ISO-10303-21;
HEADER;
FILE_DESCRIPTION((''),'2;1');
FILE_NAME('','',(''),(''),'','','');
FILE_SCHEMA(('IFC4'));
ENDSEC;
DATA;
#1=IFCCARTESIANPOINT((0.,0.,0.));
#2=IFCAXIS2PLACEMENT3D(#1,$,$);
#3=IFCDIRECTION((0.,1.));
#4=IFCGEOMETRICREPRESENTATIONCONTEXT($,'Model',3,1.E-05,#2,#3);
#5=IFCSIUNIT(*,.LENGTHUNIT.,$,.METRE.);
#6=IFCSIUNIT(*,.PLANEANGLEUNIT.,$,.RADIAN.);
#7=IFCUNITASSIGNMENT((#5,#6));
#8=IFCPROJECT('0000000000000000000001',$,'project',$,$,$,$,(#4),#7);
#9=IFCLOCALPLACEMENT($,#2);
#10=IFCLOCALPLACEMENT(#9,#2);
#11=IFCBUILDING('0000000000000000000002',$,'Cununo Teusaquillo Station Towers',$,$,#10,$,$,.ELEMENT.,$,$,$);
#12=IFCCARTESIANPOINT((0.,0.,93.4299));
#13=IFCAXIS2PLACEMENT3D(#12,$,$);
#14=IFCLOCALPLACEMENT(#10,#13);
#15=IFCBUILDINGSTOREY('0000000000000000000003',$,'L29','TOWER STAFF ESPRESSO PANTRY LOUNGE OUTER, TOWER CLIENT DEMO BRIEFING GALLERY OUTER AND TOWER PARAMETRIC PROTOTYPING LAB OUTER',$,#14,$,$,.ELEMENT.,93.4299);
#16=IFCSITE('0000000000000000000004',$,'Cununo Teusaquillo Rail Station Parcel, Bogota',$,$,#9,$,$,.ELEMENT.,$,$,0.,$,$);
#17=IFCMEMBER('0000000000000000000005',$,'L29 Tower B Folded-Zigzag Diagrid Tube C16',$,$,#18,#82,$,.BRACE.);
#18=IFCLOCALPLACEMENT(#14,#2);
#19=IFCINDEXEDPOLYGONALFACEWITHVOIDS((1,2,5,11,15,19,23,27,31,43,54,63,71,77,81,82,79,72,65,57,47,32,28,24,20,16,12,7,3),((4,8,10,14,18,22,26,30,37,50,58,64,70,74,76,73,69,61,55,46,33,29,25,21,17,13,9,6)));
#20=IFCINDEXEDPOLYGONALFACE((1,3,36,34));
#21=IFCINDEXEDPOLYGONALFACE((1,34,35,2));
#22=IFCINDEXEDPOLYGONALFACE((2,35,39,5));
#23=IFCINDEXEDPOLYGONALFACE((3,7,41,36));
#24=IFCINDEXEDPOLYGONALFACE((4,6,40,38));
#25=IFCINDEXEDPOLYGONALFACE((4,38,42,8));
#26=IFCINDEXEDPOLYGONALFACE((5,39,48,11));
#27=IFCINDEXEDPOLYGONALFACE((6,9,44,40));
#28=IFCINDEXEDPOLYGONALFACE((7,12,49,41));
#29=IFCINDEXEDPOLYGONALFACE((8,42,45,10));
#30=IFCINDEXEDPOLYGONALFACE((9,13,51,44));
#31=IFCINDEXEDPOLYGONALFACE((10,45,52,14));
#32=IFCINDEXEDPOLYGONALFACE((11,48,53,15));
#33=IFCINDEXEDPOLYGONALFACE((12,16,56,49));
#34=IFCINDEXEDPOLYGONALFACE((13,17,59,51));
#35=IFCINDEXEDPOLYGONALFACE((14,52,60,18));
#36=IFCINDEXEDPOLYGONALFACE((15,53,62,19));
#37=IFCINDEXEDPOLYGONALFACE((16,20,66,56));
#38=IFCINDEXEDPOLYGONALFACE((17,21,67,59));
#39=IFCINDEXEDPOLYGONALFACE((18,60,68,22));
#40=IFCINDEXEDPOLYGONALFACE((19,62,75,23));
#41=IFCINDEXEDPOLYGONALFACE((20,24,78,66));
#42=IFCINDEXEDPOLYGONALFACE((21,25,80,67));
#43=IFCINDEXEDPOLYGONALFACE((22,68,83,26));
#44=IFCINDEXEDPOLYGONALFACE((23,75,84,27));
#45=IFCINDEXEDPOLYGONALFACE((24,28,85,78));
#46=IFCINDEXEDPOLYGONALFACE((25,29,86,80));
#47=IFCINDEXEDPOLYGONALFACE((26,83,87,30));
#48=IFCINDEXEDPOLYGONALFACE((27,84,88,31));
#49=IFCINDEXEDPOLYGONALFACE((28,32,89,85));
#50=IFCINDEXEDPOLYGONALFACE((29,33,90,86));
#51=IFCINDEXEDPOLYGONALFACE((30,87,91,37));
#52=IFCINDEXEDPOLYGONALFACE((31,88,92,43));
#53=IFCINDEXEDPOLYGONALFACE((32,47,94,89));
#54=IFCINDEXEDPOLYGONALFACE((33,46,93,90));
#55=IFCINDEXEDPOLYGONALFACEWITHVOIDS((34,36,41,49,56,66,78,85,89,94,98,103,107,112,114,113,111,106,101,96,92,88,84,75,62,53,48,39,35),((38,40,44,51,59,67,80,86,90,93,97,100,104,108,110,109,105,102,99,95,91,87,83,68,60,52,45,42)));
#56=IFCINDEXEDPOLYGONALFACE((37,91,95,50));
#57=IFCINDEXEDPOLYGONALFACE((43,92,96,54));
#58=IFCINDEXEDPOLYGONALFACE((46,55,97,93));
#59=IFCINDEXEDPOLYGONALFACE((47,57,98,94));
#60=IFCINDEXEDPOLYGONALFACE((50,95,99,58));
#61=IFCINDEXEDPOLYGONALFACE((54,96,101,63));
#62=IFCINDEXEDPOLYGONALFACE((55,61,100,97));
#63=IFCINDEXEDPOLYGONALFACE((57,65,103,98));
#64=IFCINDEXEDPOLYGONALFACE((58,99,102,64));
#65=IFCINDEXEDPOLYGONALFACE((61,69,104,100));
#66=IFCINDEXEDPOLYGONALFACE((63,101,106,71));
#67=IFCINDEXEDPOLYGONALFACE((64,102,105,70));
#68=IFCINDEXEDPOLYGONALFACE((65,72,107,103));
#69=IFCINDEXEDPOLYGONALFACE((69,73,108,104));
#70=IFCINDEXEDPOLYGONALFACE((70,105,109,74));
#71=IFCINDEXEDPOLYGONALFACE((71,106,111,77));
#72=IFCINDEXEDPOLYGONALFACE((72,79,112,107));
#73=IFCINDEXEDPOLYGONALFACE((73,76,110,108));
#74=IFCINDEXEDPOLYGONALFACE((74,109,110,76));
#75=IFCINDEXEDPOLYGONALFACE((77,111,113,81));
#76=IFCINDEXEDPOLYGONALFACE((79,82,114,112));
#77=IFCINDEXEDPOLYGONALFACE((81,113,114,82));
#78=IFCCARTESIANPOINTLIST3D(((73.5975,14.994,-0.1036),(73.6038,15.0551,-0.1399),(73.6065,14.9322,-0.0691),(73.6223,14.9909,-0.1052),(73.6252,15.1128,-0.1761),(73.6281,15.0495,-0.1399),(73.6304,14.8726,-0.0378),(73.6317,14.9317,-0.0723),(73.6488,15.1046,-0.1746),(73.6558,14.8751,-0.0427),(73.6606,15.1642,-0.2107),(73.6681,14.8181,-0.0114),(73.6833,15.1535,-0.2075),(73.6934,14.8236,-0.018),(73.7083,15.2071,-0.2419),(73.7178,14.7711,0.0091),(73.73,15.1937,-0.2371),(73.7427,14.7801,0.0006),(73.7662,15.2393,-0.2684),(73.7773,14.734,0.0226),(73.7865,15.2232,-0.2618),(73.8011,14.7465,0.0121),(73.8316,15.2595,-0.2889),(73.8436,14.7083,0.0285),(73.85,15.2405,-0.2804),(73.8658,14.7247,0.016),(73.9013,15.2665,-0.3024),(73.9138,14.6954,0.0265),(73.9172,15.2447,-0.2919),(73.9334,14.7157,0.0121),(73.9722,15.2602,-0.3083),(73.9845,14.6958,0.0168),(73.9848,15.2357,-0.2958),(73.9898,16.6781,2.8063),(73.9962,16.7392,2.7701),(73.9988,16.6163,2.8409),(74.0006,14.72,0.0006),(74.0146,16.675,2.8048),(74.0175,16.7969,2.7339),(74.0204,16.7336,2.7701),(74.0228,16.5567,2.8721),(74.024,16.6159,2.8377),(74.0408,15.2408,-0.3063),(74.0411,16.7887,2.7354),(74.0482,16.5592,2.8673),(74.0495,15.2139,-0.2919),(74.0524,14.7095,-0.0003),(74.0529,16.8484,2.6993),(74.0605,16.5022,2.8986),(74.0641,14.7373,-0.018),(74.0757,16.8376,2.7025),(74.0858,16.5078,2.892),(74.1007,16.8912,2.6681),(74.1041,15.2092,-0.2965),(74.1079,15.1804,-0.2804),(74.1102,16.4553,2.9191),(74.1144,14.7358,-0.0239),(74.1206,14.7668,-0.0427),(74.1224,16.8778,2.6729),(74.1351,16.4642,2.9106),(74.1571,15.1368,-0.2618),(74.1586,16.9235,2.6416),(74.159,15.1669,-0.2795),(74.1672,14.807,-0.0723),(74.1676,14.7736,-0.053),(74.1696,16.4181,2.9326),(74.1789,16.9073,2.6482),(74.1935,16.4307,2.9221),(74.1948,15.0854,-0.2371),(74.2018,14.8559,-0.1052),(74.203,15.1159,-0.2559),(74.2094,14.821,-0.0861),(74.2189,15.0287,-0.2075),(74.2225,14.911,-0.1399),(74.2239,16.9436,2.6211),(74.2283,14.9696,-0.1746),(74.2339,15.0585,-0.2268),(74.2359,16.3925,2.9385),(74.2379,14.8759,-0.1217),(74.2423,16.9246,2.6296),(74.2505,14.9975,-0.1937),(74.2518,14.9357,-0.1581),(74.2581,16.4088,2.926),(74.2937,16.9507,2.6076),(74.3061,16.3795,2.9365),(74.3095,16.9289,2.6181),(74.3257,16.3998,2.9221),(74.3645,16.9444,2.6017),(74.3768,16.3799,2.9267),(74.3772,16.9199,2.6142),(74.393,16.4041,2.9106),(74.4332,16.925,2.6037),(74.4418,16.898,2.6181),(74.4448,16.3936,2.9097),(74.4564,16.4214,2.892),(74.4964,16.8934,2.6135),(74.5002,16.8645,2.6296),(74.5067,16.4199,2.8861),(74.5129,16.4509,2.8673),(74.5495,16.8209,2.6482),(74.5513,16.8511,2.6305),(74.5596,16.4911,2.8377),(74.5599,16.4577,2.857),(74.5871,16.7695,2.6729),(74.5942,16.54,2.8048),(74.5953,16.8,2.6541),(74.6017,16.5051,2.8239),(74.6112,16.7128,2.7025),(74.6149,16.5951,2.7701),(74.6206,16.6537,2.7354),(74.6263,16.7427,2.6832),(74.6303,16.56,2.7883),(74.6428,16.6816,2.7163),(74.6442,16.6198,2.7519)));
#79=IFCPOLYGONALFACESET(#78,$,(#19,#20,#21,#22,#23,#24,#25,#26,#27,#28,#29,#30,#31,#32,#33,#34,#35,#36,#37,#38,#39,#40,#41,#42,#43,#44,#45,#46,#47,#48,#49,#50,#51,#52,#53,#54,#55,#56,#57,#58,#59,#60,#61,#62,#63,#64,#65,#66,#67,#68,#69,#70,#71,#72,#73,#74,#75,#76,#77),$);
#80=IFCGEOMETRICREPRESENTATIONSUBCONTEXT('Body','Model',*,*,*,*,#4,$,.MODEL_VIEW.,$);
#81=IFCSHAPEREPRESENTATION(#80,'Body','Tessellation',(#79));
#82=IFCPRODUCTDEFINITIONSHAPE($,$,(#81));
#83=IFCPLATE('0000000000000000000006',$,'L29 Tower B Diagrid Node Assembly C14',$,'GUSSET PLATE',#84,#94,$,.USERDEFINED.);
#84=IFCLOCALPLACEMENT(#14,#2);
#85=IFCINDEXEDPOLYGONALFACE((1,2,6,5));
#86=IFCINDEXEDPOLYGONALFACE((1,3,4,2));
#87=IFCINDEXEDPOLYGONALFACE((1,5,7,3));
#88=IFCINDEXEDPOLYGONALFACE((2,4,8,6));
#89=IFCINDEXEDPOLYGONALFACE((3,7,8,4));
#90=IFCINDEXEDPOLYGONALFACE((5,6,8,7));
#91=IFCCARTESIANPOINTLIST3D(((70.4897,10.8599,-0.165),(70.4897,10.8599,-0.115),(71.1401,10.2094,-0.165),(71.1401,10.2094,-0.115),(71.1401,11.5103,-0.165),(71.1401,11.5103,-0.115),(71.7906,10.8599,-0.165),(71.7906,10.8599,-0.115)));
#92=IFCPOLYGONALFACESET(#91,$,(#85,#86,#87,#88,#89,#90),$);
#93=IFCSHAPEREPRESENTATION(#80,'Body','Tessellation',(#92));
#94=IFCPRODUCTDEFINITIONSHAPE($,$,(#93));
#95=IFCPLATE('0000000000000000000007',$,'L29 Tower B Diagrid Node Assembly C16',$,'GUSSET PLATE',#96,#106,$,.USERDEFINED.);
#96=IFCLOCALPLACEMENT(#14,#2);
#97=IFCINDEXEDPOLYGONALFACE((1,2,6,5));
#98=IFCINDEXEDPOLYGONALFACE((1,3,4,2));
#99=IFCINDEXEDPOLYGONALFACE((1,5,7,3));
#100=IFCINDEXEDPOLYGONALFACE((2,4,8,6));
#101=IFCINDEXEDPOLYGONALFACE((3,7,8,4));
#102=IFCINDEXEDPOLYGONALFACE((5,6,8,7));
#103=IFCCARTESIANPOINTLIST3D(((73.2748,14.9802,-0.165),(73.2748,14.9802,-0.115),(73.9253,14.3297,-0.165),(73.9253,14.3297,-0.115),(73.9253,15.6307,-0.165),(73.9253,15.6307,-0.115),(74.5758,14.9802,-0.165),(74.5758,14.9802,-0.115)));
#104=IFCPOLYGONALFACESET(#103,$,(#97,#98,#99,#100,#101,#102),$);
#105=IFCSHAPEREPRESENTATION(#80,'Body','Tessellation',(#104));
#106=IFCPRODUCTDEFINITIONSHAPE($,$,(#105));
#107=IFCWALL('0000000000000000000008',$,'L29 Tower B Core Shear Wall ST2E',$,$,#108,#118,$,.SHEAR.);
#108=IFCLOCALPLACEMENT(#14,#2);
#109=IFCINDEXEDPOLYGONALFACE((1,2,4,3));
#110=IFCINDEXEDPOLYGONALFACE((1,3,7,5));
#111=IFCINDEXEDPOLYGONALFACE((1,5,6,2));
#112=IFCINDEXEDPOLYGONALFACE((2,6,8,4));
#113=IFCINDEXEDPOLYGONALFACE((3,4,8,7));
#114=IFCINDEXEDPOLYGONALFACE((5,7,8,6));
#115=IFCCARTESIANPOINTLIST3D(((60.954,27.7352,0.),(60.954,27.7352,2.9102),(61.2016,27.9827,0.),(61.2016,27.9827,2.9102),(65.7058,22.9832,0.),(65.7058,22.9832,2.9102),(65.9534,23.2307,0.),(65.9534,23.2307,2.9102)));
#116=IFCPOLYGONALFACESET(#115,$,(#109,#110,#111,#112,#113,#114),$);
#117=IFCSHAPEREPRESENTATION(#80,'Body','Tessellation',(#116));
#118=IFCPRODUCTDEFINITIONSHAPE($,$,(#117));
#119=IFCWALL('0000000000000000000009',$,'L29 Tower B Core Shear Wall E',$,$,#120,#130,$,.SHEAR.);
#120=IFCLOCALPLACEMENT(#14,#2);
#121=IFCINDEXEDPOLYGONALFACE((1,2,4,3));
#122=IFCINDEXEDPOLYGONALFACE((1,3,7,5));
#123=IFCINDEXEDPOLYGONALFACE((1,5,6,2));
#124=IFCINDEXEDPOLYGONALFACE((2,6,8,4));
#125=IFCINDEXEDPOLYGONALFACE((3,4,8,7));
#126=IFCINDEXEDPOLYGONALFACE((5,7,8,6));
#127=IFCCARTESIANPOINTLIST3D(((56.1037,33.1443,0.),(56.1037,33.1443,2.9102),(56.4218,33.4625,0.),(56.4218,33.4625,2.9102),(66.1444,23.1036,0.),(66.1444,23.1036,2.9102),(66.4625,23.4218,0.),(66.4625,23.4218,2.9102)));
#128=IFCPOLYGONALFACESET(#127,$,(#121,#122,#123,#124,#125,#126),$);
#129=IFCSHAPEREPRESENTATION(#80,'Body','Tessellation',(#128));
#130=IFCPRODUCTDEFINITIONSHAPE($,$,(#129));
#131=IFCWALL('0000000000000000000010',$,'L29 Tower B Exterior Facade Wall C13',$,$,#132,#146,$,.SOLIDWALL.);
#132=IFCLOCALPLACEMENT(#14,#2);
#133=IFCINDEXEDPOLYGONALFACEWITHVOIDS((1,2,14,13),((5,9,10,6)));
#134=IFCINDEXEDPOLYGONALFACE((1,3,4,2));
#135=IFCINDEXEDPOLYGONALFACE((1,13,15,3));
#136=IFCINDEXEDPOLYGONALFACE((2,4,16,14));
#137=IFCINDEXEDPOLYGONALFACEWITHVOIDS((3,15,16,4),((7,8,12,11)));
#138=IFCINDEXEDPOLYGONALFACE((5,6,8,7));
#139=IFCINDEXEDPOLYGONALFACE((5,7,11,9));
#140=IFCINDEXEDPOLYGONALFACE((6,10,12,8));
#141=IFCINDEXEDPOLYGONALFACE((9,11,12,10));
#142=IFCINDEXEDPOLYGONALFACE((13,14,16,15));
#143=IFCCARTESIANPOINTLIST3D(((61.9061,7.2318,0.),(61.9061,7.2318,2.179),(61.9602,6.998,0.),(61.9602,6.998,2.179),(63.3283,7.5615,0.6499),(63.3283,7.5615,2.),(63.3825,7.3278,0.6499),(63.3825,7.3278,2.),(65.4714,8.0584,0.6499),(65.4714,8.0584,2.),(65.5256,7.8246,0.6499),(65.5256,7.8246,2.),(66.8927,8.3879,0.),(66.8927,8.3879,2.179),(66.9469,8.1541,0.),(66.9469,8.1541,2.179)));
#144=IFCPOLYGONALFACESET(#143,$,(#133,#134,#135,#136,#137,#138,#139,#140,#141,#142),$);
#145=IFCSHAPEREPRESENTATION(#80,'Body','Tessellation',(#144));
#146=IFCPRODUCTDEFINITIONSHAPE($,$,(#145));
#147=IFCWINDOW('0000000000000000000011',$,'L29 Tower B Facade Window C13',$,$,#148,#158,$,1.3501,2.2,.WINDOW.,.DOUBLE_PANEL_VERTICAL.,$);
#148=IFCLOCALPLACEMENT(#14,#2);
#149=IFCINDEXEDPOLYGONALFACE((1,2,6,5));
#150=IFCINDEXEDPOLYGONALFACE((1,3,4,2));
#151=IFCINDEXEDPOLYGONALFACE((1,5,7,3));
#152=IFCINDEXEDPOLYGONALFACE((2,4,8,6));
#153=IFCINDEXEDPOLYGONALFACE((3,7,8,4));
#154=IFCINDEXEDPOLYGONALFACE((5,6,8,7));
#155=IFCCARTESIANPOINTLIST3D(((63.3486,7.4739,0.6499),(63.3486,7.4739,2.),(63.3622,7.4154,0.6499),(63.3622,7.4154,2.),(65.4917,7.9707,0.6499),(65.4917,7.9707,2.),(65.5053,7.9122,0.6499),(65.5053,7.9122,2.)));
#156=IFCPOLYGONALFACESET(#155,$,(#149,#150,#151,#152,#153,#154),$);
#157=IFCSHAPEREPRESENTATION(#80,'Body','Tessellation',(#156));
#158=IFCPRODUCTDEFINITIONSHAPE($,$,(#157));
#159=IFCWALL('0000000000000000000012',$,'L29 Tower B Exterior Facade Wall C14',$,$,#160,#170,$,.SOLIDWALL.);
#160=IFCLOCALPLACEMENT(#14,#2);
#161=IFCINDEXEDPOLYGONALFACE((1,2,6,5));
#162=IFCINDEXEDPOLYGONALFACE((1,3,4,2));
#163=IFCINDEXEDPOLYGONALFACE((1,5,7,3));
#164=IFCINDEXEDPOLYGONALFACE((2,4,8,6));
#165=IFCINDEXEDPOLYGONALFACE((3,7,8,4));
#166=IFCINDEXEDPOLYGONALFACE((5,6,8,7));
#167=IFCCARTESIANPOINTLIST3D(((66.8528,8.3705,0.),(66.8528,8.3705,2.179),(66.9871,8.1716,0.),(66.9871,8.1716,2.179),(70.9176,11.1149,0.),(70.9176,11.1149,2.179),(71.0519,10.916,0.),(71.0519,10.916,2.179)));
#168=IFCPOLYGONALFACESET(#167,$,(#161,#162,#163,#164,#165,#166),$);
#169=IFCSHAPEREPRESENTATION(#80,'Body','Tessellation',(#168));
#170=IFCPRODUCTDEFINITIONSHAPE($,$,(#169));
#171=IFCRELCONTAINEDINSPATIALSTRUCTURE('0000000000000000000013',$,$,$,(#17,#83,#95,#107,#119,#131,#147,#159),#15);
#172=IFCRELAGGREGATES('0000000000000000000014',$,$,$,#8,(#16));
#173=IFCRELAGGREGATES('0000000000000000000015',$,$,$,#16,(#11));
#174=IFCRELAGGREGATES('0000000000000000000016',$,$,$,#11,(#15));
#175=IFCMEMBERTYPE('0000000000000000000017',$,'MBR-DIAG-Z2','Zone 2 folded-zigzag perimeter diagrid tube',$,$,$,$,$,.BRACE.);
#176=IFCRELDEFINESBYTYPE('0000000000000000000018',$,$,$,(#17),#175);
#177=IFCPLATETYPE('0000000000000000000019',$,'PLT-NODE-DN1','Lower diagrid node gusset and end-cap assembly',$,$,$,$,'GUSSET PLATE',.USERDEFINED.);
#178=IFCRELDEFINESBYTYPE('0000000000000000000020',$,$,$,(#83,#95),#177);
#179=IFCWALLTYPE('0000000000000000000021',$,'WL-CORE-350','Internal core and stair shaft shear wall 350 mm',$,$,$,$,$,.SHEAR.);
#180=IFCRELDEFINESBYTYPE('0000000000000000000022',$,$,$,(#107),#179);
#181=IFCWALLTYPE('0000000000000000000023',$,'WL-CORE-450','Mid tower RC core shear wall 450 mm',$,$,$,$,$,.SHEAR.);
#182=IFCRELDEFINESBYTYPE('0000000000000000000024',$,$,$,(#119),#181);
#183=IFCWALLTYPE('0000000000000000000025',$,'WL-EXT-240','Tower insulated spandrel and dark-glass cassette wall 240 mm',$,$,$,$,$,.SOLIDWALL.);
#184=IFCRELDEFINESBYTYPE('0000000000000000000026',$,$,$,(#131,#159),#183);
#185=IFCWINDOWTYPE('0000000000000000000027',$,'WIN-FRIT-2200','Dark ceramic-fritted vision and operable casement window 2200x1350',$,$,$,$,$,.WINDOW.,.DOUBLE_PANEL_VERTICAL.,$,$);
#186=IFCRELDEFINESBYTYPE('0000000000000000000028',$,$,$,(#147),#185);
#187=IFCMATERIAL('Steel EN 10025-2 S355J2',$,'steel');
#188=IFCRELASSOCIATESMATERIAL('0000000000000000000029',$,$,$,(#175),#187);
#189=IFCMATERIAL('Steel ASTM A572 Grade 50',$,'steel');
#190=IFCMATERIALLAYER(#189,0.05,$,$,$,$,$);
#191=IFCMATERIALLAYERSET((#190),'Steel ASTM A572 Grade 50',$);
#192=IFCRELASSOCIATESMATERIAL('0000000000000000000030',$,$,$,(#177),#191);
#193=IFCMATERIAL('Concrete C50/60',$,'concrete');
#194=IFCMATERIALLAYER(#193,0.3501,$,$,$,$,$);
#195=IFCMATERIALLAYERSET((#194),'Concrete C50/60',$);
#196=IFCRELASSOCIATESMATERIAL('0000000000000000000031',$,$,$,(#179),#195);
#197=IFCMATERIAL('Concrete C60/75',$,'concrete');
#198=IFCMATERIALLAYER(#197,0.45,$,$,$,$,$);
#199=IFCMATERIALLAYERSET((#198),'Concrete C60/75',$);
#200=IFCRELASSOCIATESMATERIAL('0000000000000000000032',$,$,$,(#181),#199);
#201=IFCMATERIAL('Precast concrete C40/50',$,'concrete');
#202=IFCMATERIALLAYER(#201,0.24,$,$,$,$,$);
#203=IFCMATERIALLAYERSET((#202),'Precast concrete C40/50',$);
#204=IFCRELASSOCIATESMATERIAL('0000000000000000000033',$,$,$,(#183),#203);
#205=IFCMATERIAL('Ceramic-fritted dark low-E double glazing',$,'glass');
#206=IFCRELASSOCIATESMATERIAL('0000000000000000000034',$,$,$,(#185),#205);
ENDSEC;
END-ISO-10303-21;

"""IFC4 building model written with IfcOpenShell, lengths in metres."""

from ifc_helpers import new_model, si_unit, direction, frame, frame_2d, origin, origin_2d, place, context, subcontext, project, spatial, rectangle, hollow_circle, extrude, source, transform, mapped, material, layer, layer_set, material_profile, profile_set, type_object, element, fill, save


model = new_model("IFC4")

# Units and contexts
model_context = context("Model", 3, precision=1e-05, world=origin(), true_north=direction((0.0, 1.0)))
body_context = subcontext(model_context, "Body", "Model", "MODEL_VIEW")
ifc_project = project(units=[si_unit("LENGTHUNIT", "METRE"), si_unit("PLANEANGLEUNIT", "RADIAN")], contexts=[model_context])

# Site, building, storey
site_placement = place(None, origin())
site = spatial("IfcSite", under=ifc_project, at=site_placement, Name="Cununo Teusaquillo Rail Station Parcel, Bogota", CompositionType="ELEMENT", RefElevation=0.0)
building_placement = place(site_placement, origin())
building = spatial("IfcBuilding", under=site, at=building_placement, Name="Cununo Teusaquillo Station Towers", CompositionType="ELEMENT")
storey_placement = place(building_placement, frame((0.0, 0.0, 93.4299)))
storey = spatial("IfcBuildingStorey", under=building, at=storey_placement, Name="L29", Description="TOWER STAFF ESPRESSO PANTRY LOUNGE OUTER, TOWER CLIENT DEMO BRIEFING GALLERY OUTER AND TOWER PARAMETRIC PROTOTYPING LAB OUTER", CompositionType="ELEMENT", Elevation=93.4299)

# Member
ifc_material_1 = material(Name="Steel EN 10025-2 S355J2", Category="steel")
ifc_material_profile_1 = material_profile(ifc_material_1, hollow_circle(Radius=0.3301, WallThickness=0.0249, at=origin_2d()), Name="CHS 660x25")
ifc_profile_set_1 = profile_set([ifc_material_profile_1], Name="Steel EN 10025-2 S355J2")
member_type = type_object("IfcMemberType", Name="MBR-DIAG-Z2", Description="Zone 2 folded-zigzag perimeter diagrid tube", PredefinedType="BRACE", material=ifc_profile_set_1)
member_1_placement = place(storey_placement, frame((73.9253, 14.9802, -0.1399), z_axis=(0.115907, 0.497526, 0.859671), x_axis=(-0.97392, 0.22689, 0.0)))
element("IfcMember", 1, at=member_1_placement, inside=storey, type_object=member_type, Name="L29 Tower B Folded-Zigzag Diagrid Tube C16", PredefinedType="BRACE", context=body_context, shape_type="SweptSolid", body=[
    extrude(hollow_circle(Radius=0.3301, WallThickness=0.0249, at=origin_2d()), origin(), (0.0, 0.0, 1.0), 3.385),
])

# Plates
ifc_material_2 = material(Name="Steel ASTM A572 Grade 50", Category="steel")
ifc_layer_1 = layer(ifc_material_2, 0.05)
ifc_layer_set_1 = layer_set([ifc_layer_1], Name="Steel ASTM A572 Grade 50")
plate_type = type_object("IfcPlateType", Name="PLT-NODE-DN1", Description="Lower diagrid node gusset and end-cap assembly", ElementType="GUSSET PLATE", PredefinedType="USERDEFINED", material=ifc_layer_set_1)
shared_shape_1 = source(origin(), body_context, "Body", "SweptSolid", [
    extrude(rectangle(XDim=0.9199, YDim=0.9199, at=origin_2d()), origin(), (0.0, 0.0, 1.0), 0.05),
])
for number, where, z_axis, x_axis, name in (
    (2, (71.1401, 10.8599, -0.165), (0.0, 0.0, 1.0), (0.707107, 0.707107, 0.0), "L29 Tower B Diagrid Node Assembly C14"),
    (3, (73.9253, 14.9802, -0.165), (0.0, 0.0, 1.0), (0.707107, 0.707107, 0.0), "L29 Tower B Diagrid Node Assembly C16"),
):
    element("IfcPlate", number, at=place(storey_placement, frame(where, z_axis=z_axis, x_axis=x_axis)), inside=storey, type_object=plate_type, Name=name, ObjectType="GUSSET PLATE", PredefinedType="USERDEFINED", context=body_context, shape_type="MappedRepresentation", body=[
        mapped(shared_shape_1, transform((0.0, 0.0, 0.0), x_axis=(1.0, 0.0, 0.0), y_axis=(0.0, 1.0, 0.0), z_axis=(0.0, 0.0, 1.0), scale=1.0)),
    ])

# Walls
ifc_material_3 = material(Name="Concrete C50/60", Category="concrete")
ifc_layer_2 = layer(ifc_material_3, 0.3501)
ifc_layer_set_2 = layer_set([ifc_layer_2], Name="Concrete C50/60")
wall_type_1 = type_object("IfcWallType", Name="WL-CORE-350", Description="Internal core and stair shaft shear wall 350 mm", PredefinedType="SHEAR", material=ifc_layer_set_2)
wall_1_placement = place(storey_placement, frame((65.8296, 23.1069, 0.0), z_axis=(0.0, 0.0, 1.0), x_axis=(-0.707089, 0.707125, 0.0)))
element("IfcWall", 4, at=wall_1_placement, inside=storey, type_object=wall_type_1, Name="L29 Tower B Core Shear Wall ST2E", PredefinedType="SHEAR", context=body_context, shape_type="SweptSolid", body=[
    extrude(rectangle(XDim=6.7202, YDim=0.3501, at=frame_2d((3.3601, 0.0))), origin(), (0.0, 0.0, 1.0), 2.9102),
])
ifc_material_4 = material(Name="Concrete C60/75", Category="concrete")
ifc_layer_3 = layer(ifc_material_4, 0.45)
ifc_layer_set_3 = layer_set([ifc_layer_3], Name="Concrete C60/75")
wall_type_2 = type_object("IfcWallType", Name="WL-CORE-450", Description="Mid tower RC core shear wall 450 mm", PredefinedType="SHEAR", material=ifc_layer_set_3)
wall_2_placement = place(storey_placement, frame((66.3035, 23.2627, 0.0), z_axis=(0.0, 0.0, 1.0), x_axis=(-0.707107, 0.707107, 0.0)))
element("IfcWall", 5, at=wall_2_placement, inside=storey, type_object=wall_type_2, Name="L29 Tower B Core Shear Wall E", PredefinedType="SHEAR", context=body_context, shape_type="SweptSolid", body=[
    extrude(rectangle(XDim=14.1997, YDim=0.45, at=frame_2d((7.0999, 0.0))), origin(), (0.0, 0.0, 1.0), 2.9102),
])

# Wall, opening, window
ifc_material_5 = material(Name="Precast concrete C40/50", Category="concrete")
ifc_layer_4 = layer(ifc_material_5, 0.24)
ifc_layer_set_4 = layer_set([ifc_layer_4], Name="Precast concrete C40/50")
wall_type_3 = type_object("IfcWallType", Name="WL-EXT-240", Description="Tower insulated spandrel and dark-glass cassette wall 240 mm", PredefinedType="SOLIDWALL", material=ifc_layer_set_4)
wall_3_placement = place(storey_placement, frame((66.9199, 8.271, 0.0), z_axis=(0.0, 0.0, 1.0), x_axis=(-0.974166, -0.225835, 0.0)))
wall_3 = element("IfcWall", 6, at=wall_3_placement, inside=storey, type_object=wall_type_3, Name="L29 Tower B Exterior Facade Wall C13", PredefinedType="SOLIDWALL", context=body_context, shape_type="SweptSolid", body=[
    extrude(rectangle(XDim=5.1189, YDim=0.24, at=frame_2d((2.5596, 0.0))), origin(), (0.0, 0.0, 1.0), 2.179),
])
shared_shape_2 = source(origin(), body_context, "Body", "SweptSolid", [
    extrude(rectangle(XDim=2.2, YDim=1.3501, at=frame_2d((1.1001, 0.675))), frame((0.0, 0.1299, 0.0), z_axis=(0.0, -1.0, 0.0), x_axis=(1.0, 0.0, 0.0)), (0.0, 0.0, 1.0), 0.26),
])
opening_1_placement = place(wall_3_placement, frame((1.459, 0.0, 0.6499)))
opening_1 = element("IfcOpeningElement", 7, at=opening_1_placement, cuts=wall_3, PredefinedType="OPENING", context=body_context, shape_type="MappedRepresentation", body=[
    mapped(shared_shape_2, transform((0.0, 0.0, 0.0), x_axis=(1.0, 0.0, 0.0), y_axis=(0.0, 1.0, 0.0), z_axis=(0.0, 0.0, 1.0), scale=1.0)),
])
ifc_material_6 = material(Name="Ceramic-fritted dark low-E double glazing", Category="glass")
window_type_1 = type_object("IfcWindowType", Name="WIN-FRIT-2200", Description="Dark ceramic-fritted vision and operable casement window 2200x1350", PartitioningType="DOUBLE_PANEL_VERTICAL", PredefinedType="WINDOW", material=ifc_material_6)
shared_shape_3 = source(origin(), body_context, "Body", "SweptSolid", [
    extrude(rectangle(XDim=2.2, YDim=1.3501, at=frame_2d((1.1001, 0.675))), frame((0.0, 0.03, 0.0), z_axis=(0.0, -1.0, 0.0), x_axis=(1.0, 0.0, 0.0)), (0.0, 0.0, 1.0), 0.0601),
])
window_1_placement = place(opening_1_placement, origin())
window_1 = element("IfcWindow", 8, at=window_1_placement, inside=storey, type_object=window_type_1, Name="L29 Tower B Facade Window C13", OverallHeight=1.3501, OverallWidth=2.2, PartitioningType="DOUBLE_PANEL_VERTICAL", PredefinedType="WINDOW", context=body_context, shape_type="MappedRepresentation", body=[
    mapped(shared_shape_3, transform((0.0, 0.0, 0.0), x_axis=(1.0, 0.0, 0.0), y_axis=(0.0, 1.0, 0.0), z_axis=(0.0, 0.0, 1.0), scale=1.0)),
])
fill(opening_1, window_1)

# Wall
wall_4_placement = place(storey_placement, frame((70.9846, 11.0154, 0.0), z_axis=(0.0, 0.0, 1.0), x_axis=(-0.828781, -0.559573, 0.0)))
element("IfcWall", 9, at=wall_4_placement, inside=storey, type_object=wall_type_3, Name="L29 Tower B Exterior Facade Wall C14", PredefinedType="SOLIDWALL", context=body_context, shape_type="SweptSolid", body=[
    extrude(rectangle(XDim=4.9045, YDim=0.24, at=frame_2d((2.4521, 0.0))), origin(), (0.0, 0.0, 1.0), 2.179),
])

save(model, "model.ifc")
